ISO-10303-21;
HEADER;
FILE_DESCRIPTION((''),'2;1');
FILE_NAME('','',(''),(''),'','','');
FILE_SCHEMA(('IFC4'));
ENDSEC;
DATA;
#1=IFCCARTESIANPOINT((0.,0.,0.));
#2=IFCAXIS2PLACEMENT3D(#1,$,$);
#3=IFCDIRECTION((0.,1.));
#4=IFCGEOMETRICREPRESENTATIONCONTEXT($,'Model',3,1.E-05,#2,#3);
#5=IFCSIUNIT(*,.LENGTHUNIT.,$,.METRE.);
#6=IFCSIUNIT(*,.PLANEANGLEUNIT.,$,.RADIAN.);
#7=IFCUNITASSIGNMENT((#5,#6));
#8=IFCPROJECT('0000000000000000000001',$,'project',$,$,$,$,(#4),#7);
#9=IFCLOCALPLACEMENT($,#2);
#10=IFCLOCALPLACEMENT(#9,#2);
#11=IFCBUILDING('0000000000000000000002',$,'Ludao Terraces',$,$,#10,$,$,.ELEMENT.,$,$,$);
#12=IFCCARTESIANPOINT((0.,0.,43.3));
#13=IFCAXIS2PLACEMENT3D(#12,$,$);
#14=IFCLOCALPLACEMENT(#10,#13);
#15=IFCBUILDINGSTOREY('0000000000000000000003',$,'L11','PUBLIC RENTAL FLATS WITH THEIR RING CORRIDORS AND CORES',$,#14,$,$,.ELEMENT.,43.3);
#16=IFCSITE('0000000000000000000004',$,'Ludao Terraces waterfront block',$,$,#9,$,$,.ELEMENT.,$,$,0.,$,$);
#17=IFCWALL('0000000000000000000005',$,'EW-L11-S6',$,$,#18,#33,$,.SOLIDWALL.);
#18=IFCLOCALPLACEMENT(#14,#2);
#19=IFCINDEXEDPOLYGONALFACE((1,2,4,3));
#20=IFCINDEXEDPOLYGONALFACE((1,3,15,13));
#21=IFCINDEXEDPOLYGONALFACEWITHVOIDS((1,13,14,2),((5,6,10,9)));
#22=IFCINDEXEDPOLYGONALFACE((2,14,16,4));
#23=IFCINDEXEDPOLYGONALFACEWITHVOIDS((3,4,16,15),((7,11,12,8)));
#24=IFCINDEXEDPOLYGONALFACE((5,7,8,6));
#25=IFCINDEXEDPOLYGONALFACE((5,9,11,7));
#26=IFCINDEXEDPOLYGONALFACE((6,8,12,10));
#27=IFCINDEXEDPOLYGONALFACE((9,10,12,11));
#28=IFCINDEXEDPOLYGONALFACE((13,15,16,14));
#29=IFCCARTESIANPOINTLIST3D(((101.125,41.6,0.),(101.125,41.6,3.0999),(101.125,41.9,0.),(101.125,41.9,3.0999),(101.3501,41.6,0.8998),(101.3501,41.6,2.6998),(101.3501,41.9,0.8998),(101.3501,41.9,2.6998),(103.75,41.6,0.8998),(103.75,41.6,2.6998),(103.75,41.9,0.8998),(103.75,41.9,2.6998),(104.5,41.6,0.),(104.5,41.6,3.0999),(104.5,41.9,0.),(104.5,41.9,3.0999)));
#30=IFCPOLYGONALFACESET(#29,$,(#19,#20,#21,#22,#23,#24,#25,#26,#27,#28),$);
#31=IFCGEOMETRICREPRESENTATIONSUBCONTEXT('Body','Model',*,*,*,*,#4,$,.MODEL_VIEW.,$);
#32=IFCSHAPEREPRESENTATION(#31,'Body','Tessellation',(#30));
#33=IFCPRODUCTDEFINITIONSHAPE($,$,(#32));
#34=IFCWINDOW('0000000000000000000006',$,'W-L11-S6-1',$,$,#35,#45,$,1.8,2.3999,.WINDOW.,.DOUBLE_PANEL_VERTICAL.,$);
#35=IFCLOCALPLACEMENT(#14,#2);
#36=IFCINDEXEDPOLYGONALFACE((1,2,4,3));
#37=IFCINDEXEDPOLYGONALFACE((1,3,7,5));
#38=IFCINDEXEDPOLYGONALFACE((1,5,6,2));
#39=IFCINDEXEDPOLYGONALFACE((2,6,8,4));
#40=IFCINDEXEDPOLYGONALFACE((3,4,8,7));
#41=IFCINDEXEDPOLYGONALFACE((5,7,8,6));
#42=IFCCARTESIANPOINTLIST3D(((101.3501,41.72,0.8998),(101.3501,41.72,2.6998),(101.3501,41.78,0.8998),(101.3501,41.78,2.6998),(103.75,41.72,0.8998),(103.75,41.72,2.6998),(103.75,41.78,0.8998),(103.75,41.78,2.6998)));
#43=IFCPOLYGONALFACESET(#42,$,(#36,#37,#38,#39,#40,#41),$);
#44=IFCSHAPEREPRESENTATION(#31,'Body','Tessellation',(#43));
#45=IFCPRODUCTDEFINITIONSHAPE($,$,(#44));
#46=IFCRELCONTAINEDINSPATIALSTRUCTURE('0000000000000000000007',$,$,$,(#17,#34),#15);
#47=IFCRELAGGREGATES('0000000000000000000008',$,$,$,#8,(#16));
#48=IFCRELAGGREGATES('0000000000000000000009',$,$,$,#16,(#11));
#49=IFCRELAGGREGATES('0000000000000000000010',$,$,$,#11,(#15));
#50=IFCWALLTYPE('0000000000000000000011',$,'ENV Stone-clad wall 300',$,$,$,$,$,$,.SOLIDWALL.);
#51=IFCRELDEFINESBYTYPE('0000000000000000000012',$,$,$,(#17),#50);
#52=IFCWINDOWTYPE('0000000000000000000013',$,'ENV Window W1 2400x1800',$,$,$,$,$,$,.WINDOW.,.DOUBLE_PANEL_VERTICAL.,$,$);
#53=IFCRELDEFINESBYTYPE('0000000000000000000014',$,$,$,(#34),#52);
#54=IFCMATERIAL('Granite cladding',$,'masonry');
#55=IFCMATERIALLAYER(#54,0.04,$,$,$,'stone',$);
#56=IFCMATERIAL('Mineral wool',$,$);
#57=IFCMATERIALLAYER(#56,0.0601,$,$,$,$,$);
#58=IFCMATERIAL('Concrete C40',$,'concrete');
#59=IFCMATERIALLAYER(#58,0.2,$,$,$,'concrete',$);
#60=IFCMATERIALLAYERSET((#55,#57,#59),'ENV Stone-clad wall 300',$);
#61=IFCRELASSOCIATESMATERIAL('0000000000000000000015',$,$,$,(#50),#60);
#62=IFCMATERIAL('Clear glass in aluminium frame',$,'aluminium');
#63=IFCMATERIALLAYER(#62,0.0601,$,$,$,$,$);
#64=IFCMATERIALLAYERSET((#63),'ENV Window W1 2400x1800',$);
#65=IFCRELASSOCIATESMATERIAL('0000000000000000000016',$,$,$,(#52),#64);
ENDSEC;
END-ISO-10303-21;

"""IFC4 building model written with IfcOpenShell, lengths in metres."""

from ifc_helpers import new_model, si_unit, direction, frame, frame_2d, origin, place, context, subcontext, project, spatial, rectangle, extrude, material, layer, layer_set, type_object, element, fill, save


model = new_model("IFC4")

# Units and contexts
model_context = context("Model", 3, precision=1e-05, world=origin(), true_north=direction((0.0, 1.0)))
body_context = subcontext(model_context, "Body", "Model", "MODEL_VIEW")
ifc_project = project(units=[si_unit("LENGTHUNIT", "METRE"), si_unit("PLANEANGLEUNIT", "RADIAN")], contexts=[model_context])

# Site, building, storey
site_placement = place(None, origin())
site = spatial("IfcSite", under=ifc_project, at=site_placement, Name="Ludao Terraces waterfront block", CompositionType="ELEMENT", RefElevation=0.0)
building_placement = place(site_placement, origin())
building = spatial("IfcBuilding", under=site, at=building_placement, Name="Ludao Terraces", CompositionType="ELEMENT")
storey_placement = place(building_placement, frame((0.0, 0.0, 43.3)))
storey = spatial("IfcBuildingStorey", under=building, at=storey_placement, Name="L11", Description="PUBLIC RENTAL FLATS WITH THEIR RING CORRIDORS AND CORES", CompositionType="ELEMENT", Elevation=43.3)

# Wall, opening, window
ifc_material_1 = material(Name="Granite cladding", Category="masonry")
ifc_layer_1 = layer(ifc_material_1, 0.04, Category="stone")
ifc_material_2 = material(Name="Mineral wool")
ifc_layer_2 = layer(ifc_material_2, 0.0601)
ifc_material_3 = material(Name="Concrete C40", Category="concrete")
ifc_layer_3 = layer(ifc_material_3, 0.2, Category="concrete")
ifc_layer_set_1 = layer_set([ifc_layer_1, ifc_layer_2, ifc_layer_3], Name="ENV Stone-clad wall 300")
wall_type = type_object("IfcWallType", Name="ENV Stone-clad wall 300", PredefinedType="SOLIDWALL", material=ifc_layer_set_1)
wall_placement = place(storey_placement, frame((101.125, 41.75, 0.0), z_axis=(0.0, 0.0, 1.0), x_axis=(1.0, 0.0, 0.0)))
wall = element("IfcWall", 1, at=wall_placement, inside=storey, type_object=wall_type, Name="EW-L11-S6", PredefinedType="SOLIDWALL", context=body_context, shape_type="SweptSolid", body=[
    extrude(rectangle(XDim=3.375, YDim=0.3, at=frame_2d((1.6875, 0.0))), origin(), (0.0, 0.0, 1.0), 3.0999),
])
opening_placement = place(wall_placement, frame((0.2251, 0.0, 0.8999)))
opening = element("IfcOpeningElement", 2, at=opening_placement, cuts=wall, PredefinedType="OPENING", context=body_context, shape_type="SweptSolid", body=[
    extrude(rectangle(XDim=2.3999, YDim=1.8, at=frame_2d((1.2, 0.8999))), frame((0.0, 0.1602, 0.0), z_axis=(0.0, -1.0, 0.0), x_axis=(1.0, 0.0, 0.0)), (0.0, 0.0, 1.0), 0.3201),
])
ifc_material_4 = material(Name="Clear glass in aluminium frame", Category="aluminium")
ifc_layer_4 = layer(ifc_material_4, 0.0601)
ifc_layer_set_2 = layer_set([ifc_layer_4], Name="ENV Window W1 2400x1800")
window_type = type_object("IfcWindowType", Name="ENV Window W1 2400x1800", PartitioningType="DOUBLE_PANEL_VERTICAL", PredefinedType="WINDOW", material=ifc_layer_set_2)
window_placement = place(opening_placement, origin())
window = element("IfcWindow", 3, at=window_placement, inside=storey, type_object=window_type, Name="W-L11-S6-1", OverallHeight=1.8, OverallWidth=2.3999, PartitioningType="DOUBLE_PANEL_VERTICAL", PredefinedType="WINDOW", context=body_context, shape_type="SweptSolid", body=[
    extrude(rectangle(XDim=2.3999, YDim=1.8, at=frame_2d((1.2, 0.8999))), frame((0.0, 0.03, 0.0), z_axis=(0.0, -1.0, 0.0), x_axis=(1.0, 0.0, 0.0)), (0.0, 0.0, 1.0), 0.0601),
])
fill(opening, window)

save(model, "model.ifc")
